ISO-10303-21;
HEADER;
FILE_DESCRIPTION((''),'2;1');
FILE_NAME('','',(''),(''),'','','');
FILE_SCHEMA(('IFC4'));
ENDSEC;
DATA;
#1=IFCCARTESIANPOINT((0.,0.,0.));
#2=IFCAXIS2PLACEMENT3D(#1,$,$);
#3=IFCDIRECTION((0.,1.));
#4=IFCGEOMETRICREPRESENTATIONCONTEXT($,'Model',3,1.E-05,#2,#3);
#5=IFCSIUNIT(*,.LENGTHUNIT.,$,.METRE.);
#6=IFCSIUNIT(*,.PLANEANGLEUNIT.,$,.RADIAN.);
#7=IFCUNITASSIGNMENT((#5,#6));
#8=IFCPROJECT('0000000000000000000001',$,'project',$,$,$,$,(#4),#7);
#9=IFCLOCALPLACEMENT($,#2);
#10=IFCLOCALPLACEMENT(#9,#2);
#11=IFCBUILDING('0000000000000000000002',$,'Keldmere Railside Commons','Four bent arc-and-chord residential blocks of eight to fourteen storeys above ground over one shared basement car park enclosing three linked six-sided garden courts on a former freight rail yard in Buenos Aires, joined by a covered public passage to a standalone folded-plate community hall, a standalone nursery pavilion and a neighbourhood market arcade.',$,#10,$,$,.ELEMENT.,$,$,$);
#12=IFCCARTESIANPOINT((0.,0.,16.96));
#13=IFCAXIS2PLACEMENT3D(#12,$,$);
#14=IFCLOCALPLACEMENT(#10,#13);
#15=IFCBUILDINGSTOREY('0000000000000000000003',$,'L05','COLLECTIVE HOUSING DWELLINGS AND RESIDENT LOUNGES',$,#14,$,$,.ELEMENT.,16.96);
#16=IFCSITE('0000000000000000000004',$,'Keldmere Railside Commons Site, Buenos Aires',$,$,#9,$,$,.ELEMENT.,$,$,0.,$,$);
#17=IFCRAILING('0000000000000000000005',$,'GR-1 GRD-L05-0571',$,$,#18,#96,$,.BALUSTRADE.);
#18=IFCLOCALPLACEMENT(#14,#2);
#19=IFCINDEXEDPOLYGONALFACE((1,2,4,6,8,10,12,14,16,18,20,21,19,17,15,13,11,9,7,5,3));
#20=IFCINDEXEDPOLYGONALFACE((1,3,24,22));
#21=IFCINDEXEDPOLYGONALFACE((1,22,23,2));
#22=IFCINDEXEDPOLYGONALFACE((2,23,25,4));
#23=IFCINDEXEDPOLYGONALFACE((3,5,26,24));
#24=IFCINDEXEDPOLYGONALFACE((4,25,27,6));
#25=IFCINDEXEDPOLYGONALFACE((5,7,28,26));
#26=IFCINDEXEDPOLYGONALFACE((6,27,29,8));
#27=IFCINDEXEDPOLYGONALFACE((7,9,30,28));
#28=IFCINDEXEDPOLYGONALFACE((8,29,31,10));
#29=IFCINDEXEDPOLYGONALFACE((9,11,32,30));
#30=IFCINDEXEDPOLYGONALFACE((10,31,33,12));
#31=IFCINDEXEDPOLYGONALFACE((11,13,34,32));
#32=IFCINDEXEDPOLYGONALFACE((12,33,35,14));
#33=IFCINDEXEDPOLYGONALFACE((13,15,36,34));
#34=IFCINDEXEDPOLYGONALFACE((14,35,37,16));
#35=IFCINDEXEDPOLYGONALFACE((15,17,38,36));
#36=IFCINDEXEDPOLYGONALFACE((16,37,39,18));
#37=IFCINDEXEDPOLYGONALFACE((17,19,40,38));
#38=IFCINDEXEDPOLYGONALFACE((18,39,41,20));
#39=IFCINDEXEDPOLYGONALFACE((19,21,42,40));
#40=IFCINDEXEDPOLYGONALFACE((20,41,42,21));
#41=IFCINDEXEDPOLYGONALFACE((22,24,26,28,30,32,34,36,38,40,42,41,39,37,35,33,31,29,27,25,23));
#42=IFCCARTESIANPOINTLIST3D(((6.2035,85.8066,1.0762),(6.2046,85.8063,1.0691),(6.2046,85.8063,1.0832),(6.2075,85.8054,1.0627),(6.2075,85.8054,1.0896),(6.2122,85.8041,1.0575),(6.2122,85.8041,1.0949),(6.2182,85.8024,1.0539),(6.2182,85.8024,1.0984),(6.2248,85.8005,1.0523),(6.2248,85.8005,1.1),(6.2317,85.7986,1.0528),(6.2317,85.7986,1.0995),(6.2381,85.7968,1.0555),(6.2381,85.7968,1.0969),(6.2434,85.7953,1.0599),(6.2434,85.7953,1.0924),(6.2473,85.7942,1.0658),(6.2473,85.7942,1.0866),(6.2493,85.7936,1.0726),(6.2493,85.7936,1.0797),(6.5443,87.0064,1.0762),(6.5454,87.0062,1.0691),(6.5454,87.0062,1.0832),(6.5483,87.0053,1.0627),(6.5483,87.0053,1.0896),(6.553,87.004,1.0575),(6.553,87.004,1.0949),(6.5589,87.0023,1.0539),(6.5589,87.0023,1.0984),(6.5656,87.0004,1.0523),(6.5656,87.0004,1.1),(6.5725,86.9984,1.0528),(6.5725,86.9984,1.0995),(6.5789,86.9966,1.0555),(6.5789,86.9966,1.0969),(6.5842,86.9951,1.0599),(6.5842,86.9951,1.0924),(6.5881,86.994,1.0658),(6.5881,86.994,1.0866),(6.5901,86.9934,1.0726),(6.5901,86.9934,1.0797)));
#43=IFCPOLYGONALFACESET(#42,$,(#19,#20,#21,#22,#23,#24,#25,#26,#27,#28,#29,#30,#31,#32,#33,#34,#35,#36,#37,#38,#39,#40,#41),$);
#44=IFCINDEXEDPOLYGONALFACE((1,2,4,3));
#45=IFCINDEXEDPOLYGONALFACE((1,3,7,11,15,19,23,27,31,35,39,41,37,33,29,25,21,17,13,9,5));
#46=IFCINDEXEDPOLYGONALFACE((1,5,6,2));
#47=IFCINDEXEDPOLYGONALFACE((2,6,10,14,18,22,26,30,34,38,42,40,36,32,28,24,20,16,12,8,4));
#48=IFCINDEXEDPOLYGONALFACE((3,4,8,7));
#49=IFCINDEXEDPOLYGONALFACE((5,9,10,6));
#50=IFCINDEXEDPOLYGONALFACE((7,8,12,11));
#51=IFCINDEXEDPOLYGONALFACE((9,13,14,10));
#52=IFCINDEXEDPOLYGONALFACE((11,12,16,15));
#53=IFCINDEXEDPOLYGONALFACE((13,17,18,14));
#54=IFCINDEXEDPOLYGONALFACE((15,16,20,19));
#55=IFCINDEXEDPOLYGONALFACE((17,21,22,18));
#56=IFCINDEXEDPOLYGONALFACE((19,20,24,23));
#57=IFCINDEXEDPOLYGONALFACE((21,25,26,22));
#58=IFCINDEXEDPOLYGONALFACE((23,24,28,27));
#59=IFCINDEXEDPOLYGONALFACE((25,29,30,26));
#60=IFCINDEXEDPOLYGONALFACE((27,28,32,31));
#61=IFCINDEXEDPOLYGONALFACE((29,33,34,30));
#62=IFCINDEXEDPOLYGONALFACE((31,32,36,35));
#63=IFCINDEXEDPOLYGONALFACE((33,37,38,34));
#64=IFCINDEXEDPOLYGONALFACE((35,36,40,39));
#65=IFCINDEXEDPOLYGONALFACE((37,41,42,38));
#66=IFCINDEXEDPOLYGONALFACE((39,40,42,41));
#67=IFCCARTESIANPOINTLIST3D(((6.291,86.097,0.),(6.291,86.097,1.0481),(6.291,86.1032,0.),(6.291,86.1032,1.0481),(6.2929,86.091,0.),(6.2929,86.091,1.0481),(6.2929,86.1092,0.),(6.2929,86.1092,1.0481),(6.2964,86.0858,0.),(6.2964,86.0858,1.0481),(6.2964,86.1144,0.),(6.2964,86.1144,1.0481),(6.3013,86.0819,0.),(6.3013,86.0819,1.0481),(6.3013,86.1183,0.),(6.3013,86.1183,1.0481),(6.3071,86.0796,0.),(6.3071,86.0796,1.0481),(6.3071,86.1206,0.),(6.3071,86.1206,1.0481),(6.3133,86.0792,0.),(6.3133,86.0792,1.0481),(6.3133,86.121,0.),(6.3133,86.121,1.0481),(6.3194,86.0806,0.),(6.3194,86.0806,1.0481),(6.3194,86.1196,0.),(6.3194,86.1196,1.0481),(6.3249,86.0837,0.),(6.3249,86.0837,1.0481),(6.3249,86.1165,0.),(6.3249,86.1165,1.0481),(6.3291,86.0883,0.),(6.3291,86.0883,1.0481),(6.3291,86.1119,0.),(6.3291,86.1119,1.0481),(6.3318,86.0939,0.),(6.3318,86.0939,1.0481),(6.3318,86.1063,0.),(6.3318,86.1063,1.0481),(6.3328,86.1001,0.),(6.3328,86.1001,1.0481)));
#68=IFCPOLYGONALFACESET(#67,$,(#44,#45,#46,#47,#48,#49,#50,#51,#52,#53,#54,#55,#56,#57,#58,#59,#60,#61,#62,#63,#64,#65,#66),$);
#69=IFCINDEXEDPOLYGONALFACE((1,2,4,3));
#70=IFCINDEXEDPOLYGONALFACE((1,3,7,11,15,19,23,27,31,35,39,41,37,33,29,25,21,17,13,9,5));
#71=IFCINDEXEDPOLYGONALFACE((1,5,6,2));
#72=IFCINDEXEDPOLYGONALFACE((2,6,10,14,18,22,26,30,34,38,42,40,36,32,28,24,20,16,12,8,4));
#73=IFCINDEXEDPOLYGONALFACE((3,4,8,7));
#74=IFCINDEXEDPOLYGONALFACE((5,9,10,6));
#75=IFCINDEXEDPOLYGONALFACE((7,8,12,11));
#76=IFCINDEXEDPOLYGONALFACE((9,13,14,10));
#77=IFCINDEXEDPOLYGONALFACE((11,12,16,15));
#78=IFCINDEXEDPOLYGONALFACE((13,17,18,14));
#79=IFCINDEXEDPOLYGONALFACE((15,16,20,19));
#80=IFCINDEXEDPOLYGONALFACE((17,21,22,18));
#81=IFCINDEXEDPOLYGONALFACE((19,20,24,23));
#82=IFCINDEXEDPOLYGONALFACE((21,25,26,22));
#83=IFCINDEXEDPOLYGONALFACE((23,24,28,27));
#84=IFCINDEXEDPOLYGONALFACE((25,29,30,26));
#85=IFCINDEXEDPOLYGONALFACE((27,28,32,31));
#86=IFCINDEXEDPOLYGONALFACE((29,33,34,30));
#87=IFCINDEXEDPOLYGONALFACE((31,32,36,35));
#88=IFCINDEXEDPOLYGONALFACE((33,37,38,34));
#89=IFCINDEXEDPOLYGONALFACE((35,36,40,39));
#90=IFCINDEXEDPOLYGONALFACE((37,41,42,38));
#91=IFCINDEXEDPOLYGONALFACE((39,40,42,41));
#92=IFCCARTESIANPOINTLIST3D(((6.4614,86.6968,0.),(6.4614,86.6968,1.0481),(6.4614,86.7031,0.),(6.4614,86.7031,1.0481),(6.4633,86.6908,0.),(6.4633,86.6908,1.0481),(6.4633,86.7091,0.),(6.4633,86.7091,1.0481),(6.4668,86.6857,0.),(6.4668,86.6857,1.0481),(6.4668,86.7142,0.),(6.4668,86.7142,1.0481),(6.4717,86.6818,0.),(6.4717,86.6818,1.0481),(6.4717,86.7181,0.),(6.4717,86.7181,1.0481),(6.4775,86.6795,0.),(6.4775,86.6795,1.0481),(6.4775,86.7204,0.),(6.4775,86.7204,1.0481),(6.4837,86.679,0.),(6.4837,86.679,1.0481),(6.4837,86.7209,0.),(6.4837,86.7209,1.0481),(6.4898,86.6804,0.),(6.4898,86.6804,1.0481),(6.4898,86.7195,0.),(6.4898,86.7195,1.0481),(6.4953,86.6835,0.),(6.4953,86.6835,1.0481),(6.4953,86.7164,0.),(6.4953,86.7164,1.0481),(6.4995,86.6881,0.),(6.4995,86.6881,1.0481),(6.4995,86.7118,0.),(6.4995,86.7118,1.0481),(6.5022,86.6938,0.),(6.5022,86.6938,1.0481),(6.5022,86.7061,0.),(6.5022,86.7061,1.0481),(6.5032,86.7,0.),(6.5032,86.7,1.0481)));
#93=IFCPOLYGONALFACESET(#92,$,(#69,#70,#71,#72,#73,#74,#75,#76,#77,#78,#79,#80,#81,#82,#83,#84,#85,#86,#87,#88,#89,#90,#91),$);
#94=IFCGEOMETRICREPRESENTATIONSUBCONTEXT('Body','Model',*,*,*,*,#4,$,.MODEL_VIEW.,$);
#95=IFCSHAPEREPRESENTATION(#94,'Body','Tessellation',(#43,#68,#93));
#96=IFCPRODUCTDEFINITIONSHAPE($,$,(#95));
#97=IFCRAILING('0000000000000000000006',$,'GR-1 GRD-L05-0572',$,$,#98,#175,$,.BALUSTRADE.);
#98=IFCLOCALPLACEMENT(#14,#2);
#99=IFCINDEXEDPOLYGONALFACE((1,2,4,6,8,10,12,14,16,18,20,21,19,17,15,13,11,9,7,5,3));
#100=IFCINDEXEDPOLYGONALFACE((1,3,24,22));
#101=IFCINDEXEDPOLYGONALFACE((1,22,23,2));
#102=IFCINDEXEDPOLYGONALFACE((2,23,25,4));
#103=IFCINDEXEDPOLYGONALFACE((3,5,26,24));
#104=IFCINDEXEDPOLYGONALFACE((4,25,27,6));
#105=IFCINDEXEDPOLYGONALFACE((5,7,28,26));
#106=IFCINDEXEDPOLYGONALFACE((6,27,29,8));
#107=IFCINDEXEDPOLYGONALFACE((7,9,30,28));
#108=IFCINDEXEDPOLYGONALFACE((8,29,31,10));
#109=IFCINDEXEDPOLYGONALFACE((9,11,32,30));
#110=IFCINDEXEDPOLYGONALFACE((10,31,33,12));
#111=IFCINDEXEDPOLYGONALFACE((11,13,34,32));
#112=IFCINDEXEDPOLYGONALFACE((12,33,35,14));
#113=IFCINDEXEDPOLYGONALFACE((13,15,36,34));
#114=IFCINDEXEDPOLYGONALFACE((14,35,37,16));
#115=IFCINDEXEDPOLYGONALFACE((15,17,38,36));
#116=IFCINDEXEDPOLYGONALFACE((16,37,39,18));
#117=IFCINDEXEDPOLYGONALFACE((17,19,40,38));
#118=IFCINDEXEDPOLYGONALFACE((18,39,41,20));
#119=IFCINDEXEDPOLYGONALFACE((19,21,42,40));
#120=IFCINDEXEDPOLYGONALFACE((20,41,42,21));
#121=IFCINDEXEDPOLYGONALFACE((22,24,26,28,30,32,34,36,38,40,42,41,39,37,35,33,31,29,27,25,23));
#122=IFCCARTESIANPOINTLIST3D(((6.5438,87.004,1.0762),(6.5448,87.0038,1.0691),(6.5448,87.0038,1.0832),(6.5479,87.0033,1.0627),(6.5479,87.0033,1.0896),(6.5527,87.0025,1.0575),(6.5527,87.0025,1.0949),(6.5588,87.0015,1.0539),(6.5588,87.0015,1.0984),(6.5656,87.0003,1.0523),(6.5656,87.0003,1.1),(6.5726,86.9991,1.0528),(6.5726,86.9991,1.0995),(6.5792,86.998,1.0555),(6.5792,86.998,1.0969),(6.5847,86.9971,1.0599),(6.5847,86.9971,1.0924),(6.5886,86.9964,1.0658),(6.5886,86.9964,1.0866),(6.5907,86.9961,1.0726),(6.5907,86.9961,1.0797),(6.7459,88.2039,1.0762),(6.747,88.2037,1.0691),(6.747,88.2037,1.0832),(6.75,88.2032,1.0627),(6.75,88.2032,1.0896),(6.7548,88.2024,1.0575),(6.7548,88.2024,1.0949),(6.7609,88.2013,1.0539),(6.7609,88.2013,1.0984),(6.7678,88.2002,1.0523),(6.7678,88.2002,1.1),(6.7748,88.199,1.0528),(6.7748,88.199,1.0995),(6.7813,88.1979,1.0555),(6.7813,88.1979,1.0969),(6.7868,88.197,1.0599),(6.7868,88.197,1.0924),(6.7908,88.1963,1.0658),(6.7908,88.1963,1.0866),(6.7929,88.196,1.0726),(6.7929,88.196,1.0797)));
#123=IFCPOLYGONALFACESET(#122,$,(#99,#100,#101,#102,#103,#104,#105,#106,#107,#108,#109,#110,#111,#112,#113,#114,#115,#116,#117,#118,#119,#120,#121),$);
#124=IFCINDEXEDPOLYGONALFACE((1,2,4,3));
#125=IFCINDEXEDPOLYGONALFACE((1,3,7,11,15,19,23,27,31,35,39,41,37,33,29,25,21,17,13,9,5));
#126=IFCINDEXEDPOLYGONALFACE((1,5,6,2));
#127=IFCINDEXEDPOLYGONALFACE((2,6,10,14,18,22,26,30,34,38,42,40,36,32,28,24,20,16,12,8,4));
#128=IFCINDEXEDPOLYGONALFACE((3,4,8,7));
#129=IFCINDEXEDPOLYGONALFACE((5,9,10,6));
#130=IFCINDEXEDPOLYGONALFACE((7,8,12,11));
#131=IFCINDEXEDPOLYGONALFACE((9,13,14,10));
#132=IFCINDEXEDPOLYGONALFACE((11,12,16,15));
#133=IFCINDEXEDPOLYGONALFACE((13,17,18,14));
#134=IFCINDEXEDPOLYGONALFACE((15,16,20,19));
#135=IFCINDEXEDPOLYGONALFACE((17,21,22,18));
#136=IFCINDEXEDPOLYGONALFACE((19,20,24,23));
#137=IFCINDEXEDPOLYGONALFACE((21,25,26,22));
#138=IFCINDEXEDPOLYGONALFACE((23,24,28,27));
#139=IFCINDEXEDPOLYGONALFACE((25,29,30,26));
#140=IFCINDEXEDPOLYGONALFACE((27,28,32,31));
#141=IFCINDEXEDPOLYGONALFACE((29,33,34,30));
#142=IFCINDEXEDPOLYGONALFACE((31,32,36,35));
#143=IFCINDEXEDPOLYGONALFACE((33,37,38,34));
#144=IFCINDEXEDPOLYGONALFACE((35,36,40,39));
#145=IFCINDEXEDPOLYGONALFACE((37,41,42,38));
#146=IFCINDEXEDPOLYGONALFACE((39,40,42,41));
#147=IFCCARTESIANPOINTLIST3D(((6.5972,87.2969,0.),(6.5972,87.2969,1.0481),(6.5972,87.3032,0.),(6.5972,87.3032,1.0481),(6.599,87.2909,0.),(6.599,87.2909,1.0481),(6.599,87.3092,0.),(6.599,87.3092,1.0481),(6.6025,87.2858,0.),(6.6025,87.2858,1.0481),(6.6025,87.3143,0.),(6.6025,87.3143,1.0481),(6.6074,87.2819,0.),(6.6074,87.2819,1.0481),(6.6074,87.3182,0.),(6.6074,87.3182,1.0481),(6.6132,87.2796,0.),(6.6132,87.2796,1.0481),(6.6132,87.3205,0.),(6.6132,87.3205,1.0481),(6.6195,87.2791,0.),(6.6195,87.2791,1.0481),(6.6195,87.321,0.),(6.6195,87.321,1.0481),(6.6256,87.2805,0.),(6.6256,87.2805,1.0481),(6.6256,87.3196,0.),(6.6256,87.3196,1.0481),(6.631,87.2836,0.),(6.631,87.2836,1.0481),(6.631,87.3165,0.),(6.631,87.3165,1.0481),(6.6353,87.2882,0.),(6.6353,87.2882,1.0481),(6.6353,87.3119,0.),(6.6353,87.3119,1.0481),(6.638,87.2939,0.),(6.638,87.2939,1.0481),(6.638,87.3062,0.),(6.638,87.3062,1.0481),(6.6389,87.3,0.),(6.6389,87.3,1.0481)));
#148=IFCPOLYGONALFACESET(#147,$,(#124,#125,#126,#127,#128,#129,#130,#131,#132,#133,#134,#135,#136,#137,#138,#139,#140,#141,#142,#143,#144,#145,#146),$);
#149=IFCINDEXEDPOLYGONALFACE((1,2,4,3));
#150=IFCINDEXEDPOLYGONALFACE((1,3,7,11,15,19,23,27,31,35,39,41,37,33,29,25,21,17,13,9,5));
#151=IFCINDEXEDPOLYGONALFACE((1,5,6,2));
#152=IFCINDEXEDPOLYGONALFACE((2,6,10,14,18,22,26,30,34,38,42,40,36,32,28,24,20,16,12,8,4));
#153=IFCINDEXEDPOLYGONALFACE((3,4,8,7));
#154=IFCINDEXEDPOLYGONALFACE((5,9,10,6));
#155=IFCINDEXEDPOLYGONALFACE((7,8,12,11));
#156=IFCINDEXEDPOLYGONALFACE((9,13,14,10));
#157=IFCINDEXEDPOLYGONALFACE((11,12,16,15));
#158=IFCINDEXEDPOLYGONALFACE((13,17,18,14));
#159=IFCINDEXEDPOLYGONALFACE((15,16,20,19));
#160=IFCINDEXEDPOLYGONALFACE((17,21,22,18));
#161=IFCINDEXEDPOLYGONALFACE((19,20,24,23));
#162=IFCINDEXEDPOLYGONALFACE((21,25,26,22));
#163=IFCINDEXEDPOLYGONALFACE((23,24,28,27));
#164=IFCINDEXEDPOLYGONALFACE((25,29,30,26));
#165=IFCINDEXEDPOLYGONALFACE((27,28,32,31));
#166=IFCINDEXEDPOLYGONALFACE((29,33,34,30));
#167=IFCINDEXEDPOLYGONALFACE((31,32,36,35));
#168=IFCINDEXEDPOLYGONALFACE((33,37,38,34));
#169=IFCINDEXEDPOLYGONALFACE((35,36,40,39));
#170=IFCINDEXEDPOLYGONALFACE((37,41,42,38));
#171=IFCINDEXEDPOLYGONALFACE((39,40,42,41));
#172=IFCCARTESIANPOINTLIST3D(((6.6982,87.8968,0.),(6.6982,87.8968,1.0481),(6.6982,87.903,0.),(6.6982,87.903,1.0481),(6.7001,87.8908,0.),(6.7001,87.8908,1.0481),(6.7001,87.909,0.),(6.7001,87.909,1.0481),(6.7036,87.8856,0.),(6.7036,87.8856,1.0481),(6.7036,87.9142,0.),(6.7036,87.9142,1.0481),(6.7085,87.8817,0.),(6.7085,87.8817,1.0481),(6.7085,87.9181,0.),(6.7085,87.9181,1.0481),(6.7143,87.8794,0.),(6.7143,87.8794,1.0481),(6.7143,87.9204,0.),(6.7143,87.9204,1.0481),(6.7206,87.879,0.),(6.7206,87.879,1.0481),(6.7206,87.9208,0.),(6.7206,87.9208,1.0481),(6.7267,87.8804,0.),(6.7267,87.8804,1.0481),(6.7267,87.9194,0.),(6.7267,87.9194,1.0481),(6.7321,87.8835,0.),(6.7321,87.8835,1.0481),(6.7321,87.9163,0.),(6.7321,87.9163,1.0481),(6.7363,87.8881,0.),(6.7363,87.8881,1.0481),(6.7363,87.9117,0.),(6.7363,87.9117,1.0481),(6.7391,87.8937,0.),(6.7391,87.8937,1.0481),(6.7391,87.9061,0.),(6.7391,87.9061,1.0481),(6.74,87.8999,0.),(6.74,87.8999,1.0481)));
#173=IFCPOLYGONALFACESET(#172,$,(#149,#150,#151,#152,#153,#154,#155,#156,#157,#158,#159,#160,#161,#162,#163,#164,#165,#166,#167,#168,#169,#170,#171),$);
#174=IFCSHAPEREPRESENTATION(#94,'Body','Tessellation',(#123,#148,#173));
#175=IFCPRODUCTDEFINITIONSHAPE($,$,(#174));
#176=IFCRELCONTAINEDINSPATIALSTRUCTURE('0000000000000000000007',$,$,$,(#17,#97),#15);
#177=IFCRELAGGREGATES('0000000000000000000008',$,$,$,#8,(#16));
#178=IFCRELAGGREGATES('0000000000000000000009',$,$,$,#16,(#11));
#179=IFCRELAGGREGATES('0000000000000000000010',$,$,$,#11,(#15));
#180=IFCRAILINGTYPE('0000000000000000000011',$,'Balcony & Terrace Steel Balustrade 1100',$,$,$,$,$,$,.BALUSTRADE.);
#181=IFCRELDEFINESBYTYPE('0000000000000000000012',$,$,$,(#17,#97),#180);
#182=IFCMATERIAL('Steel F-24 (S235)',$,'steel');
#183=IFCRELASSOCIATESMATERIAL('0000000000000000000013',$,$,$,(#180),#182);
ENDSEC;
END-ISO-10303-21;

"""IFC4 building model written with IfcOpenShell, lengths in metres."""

from ifc_helpers import new_model, si_unit, direction, frame, origin, origin_2d, place, context, subcontext, project, spatial, circle, extrude, material, type_object, element, save


model = new_model("IFC4")

# Units and contexts
model_context = context("Model", 3, precision=1e-05, world=origin(), true_north=direction((0.0, 1.0)))
body_context = subcontext(model_context, "Body", "Model", "MODEL_VIEW")
ifc_project = project(units=[si_unit("LENGTHUNIT", "METRE"), si_unit("PLANEANGLEUNIT", "RADIAN")], contexts=[model_context])

# Site, building, storey
site_placement = place(None, origin())
site = spatial("IfcSite", under=ifc_project, at=site_placement, Name="Keldmere Railside Commons Site, Buenos Aires", CompositionType="ELEMENT", RefElevation=0.0)
building_placement = place(site_placement, origin())
building = spatial("IfcBuilding", under=site, at=building_placement, Name="Keldmere Railside Commons", Description="Four bent arc-and-chord residential blocks of eight to fourteen storeys above ground over one shared basement car park enclosing three linked six-sided garden courts on a former freight rail yard in Buenos Aires, joined by a covered public passage to a standalone folded-plate community hall, a standalone nursery pavilion and a neighbourhood market arcade.", CompositionType="ELEMENT")
storey_placement = place(building_placement, frame((0.0, 0.0, 16.96)))
storey = spatial("IfcBuildingStorey", under=building, at=storey_placement, Name="L05", Description="COLLECTIVE HOUSING DWELLINGS AND RESIDENT LOUNGES", CompositionType="ELEMENT", Elevation=16.96)

# Railings
ifc_material_1 = material(Name="Steel F-24 (S235)", Category="steel")
railing_type = type_object("IfcRailingType", Name="Balcony & Terrace Steel Balustrade 1100", PredefinedType="BALUSTRADE", material=ifc_material_1)
railing_1_placement = place(storey_placement, frame((6.2266, 85.8, 0.0)))
element("IfcRailing", 1, at=railing_1_placement, inside=storey, type_object=railing_type, Name="GR-1 GRD-L05-0571", PredefinedType="BALUSTRADE", context=body_context, shape_type="SweptSolid", body=[
    extrude(circle(Radius=0.0239, at=origin_2d()), frame((0.0, 0.0, 1.0762), z_axis=(0.273222, 0.961951, 0.0), x_axis=(-0.961951, 0.273222, 0.0)), (0.0, 0.0, 1.0), 1.2473),
    extrude(circle(Radius=0.021, at=origin_2d()), frame((0.0852, 0.3, 0.0)), (0.0, 0.0, 1.0), 1.0481),
    extrude(circle(Radius=0.021, at=origin_2d()), frame((0.2556, 0.8999, 0.0)), (0.0, 0.0, 1.0), 1.0481),
])
railing_2_placement = place(storey_placement, frame((6.5674, 87.0, 0.0)))
element("IfcRailing", 2, at=railing_2_placement, inside=storey, type_object=railing_type, Name="GR-1 GRD-L05-0572", PredefinedType="BALUSTRADE", context=body_context, shape_type="SweptSolid", body=[
    extrude(circle(Radius=0.0239, at=origin_2d()), frame((0.0, 0.0, 1.0762), z_axis=(0.166123, 0.986105, 0.0), x_axis=(-0.986105, 0.166123, 0.0)), (0.0, 0.0, 1.0), 1.2168),
    extrude(circle(Radius=0.021, at=origin_2d()), frame((0.0505, 0.3, 0.0)), (0.0, 0.0, 1.0), 1.0481),
    extrude(circle(Radius=0.021, at=origin_2d()), frame((0.1516, 0.8999, 0.0)), (0.0, 0.0, 1.0), 1.0481),
])

save(model, "model.ifc")
